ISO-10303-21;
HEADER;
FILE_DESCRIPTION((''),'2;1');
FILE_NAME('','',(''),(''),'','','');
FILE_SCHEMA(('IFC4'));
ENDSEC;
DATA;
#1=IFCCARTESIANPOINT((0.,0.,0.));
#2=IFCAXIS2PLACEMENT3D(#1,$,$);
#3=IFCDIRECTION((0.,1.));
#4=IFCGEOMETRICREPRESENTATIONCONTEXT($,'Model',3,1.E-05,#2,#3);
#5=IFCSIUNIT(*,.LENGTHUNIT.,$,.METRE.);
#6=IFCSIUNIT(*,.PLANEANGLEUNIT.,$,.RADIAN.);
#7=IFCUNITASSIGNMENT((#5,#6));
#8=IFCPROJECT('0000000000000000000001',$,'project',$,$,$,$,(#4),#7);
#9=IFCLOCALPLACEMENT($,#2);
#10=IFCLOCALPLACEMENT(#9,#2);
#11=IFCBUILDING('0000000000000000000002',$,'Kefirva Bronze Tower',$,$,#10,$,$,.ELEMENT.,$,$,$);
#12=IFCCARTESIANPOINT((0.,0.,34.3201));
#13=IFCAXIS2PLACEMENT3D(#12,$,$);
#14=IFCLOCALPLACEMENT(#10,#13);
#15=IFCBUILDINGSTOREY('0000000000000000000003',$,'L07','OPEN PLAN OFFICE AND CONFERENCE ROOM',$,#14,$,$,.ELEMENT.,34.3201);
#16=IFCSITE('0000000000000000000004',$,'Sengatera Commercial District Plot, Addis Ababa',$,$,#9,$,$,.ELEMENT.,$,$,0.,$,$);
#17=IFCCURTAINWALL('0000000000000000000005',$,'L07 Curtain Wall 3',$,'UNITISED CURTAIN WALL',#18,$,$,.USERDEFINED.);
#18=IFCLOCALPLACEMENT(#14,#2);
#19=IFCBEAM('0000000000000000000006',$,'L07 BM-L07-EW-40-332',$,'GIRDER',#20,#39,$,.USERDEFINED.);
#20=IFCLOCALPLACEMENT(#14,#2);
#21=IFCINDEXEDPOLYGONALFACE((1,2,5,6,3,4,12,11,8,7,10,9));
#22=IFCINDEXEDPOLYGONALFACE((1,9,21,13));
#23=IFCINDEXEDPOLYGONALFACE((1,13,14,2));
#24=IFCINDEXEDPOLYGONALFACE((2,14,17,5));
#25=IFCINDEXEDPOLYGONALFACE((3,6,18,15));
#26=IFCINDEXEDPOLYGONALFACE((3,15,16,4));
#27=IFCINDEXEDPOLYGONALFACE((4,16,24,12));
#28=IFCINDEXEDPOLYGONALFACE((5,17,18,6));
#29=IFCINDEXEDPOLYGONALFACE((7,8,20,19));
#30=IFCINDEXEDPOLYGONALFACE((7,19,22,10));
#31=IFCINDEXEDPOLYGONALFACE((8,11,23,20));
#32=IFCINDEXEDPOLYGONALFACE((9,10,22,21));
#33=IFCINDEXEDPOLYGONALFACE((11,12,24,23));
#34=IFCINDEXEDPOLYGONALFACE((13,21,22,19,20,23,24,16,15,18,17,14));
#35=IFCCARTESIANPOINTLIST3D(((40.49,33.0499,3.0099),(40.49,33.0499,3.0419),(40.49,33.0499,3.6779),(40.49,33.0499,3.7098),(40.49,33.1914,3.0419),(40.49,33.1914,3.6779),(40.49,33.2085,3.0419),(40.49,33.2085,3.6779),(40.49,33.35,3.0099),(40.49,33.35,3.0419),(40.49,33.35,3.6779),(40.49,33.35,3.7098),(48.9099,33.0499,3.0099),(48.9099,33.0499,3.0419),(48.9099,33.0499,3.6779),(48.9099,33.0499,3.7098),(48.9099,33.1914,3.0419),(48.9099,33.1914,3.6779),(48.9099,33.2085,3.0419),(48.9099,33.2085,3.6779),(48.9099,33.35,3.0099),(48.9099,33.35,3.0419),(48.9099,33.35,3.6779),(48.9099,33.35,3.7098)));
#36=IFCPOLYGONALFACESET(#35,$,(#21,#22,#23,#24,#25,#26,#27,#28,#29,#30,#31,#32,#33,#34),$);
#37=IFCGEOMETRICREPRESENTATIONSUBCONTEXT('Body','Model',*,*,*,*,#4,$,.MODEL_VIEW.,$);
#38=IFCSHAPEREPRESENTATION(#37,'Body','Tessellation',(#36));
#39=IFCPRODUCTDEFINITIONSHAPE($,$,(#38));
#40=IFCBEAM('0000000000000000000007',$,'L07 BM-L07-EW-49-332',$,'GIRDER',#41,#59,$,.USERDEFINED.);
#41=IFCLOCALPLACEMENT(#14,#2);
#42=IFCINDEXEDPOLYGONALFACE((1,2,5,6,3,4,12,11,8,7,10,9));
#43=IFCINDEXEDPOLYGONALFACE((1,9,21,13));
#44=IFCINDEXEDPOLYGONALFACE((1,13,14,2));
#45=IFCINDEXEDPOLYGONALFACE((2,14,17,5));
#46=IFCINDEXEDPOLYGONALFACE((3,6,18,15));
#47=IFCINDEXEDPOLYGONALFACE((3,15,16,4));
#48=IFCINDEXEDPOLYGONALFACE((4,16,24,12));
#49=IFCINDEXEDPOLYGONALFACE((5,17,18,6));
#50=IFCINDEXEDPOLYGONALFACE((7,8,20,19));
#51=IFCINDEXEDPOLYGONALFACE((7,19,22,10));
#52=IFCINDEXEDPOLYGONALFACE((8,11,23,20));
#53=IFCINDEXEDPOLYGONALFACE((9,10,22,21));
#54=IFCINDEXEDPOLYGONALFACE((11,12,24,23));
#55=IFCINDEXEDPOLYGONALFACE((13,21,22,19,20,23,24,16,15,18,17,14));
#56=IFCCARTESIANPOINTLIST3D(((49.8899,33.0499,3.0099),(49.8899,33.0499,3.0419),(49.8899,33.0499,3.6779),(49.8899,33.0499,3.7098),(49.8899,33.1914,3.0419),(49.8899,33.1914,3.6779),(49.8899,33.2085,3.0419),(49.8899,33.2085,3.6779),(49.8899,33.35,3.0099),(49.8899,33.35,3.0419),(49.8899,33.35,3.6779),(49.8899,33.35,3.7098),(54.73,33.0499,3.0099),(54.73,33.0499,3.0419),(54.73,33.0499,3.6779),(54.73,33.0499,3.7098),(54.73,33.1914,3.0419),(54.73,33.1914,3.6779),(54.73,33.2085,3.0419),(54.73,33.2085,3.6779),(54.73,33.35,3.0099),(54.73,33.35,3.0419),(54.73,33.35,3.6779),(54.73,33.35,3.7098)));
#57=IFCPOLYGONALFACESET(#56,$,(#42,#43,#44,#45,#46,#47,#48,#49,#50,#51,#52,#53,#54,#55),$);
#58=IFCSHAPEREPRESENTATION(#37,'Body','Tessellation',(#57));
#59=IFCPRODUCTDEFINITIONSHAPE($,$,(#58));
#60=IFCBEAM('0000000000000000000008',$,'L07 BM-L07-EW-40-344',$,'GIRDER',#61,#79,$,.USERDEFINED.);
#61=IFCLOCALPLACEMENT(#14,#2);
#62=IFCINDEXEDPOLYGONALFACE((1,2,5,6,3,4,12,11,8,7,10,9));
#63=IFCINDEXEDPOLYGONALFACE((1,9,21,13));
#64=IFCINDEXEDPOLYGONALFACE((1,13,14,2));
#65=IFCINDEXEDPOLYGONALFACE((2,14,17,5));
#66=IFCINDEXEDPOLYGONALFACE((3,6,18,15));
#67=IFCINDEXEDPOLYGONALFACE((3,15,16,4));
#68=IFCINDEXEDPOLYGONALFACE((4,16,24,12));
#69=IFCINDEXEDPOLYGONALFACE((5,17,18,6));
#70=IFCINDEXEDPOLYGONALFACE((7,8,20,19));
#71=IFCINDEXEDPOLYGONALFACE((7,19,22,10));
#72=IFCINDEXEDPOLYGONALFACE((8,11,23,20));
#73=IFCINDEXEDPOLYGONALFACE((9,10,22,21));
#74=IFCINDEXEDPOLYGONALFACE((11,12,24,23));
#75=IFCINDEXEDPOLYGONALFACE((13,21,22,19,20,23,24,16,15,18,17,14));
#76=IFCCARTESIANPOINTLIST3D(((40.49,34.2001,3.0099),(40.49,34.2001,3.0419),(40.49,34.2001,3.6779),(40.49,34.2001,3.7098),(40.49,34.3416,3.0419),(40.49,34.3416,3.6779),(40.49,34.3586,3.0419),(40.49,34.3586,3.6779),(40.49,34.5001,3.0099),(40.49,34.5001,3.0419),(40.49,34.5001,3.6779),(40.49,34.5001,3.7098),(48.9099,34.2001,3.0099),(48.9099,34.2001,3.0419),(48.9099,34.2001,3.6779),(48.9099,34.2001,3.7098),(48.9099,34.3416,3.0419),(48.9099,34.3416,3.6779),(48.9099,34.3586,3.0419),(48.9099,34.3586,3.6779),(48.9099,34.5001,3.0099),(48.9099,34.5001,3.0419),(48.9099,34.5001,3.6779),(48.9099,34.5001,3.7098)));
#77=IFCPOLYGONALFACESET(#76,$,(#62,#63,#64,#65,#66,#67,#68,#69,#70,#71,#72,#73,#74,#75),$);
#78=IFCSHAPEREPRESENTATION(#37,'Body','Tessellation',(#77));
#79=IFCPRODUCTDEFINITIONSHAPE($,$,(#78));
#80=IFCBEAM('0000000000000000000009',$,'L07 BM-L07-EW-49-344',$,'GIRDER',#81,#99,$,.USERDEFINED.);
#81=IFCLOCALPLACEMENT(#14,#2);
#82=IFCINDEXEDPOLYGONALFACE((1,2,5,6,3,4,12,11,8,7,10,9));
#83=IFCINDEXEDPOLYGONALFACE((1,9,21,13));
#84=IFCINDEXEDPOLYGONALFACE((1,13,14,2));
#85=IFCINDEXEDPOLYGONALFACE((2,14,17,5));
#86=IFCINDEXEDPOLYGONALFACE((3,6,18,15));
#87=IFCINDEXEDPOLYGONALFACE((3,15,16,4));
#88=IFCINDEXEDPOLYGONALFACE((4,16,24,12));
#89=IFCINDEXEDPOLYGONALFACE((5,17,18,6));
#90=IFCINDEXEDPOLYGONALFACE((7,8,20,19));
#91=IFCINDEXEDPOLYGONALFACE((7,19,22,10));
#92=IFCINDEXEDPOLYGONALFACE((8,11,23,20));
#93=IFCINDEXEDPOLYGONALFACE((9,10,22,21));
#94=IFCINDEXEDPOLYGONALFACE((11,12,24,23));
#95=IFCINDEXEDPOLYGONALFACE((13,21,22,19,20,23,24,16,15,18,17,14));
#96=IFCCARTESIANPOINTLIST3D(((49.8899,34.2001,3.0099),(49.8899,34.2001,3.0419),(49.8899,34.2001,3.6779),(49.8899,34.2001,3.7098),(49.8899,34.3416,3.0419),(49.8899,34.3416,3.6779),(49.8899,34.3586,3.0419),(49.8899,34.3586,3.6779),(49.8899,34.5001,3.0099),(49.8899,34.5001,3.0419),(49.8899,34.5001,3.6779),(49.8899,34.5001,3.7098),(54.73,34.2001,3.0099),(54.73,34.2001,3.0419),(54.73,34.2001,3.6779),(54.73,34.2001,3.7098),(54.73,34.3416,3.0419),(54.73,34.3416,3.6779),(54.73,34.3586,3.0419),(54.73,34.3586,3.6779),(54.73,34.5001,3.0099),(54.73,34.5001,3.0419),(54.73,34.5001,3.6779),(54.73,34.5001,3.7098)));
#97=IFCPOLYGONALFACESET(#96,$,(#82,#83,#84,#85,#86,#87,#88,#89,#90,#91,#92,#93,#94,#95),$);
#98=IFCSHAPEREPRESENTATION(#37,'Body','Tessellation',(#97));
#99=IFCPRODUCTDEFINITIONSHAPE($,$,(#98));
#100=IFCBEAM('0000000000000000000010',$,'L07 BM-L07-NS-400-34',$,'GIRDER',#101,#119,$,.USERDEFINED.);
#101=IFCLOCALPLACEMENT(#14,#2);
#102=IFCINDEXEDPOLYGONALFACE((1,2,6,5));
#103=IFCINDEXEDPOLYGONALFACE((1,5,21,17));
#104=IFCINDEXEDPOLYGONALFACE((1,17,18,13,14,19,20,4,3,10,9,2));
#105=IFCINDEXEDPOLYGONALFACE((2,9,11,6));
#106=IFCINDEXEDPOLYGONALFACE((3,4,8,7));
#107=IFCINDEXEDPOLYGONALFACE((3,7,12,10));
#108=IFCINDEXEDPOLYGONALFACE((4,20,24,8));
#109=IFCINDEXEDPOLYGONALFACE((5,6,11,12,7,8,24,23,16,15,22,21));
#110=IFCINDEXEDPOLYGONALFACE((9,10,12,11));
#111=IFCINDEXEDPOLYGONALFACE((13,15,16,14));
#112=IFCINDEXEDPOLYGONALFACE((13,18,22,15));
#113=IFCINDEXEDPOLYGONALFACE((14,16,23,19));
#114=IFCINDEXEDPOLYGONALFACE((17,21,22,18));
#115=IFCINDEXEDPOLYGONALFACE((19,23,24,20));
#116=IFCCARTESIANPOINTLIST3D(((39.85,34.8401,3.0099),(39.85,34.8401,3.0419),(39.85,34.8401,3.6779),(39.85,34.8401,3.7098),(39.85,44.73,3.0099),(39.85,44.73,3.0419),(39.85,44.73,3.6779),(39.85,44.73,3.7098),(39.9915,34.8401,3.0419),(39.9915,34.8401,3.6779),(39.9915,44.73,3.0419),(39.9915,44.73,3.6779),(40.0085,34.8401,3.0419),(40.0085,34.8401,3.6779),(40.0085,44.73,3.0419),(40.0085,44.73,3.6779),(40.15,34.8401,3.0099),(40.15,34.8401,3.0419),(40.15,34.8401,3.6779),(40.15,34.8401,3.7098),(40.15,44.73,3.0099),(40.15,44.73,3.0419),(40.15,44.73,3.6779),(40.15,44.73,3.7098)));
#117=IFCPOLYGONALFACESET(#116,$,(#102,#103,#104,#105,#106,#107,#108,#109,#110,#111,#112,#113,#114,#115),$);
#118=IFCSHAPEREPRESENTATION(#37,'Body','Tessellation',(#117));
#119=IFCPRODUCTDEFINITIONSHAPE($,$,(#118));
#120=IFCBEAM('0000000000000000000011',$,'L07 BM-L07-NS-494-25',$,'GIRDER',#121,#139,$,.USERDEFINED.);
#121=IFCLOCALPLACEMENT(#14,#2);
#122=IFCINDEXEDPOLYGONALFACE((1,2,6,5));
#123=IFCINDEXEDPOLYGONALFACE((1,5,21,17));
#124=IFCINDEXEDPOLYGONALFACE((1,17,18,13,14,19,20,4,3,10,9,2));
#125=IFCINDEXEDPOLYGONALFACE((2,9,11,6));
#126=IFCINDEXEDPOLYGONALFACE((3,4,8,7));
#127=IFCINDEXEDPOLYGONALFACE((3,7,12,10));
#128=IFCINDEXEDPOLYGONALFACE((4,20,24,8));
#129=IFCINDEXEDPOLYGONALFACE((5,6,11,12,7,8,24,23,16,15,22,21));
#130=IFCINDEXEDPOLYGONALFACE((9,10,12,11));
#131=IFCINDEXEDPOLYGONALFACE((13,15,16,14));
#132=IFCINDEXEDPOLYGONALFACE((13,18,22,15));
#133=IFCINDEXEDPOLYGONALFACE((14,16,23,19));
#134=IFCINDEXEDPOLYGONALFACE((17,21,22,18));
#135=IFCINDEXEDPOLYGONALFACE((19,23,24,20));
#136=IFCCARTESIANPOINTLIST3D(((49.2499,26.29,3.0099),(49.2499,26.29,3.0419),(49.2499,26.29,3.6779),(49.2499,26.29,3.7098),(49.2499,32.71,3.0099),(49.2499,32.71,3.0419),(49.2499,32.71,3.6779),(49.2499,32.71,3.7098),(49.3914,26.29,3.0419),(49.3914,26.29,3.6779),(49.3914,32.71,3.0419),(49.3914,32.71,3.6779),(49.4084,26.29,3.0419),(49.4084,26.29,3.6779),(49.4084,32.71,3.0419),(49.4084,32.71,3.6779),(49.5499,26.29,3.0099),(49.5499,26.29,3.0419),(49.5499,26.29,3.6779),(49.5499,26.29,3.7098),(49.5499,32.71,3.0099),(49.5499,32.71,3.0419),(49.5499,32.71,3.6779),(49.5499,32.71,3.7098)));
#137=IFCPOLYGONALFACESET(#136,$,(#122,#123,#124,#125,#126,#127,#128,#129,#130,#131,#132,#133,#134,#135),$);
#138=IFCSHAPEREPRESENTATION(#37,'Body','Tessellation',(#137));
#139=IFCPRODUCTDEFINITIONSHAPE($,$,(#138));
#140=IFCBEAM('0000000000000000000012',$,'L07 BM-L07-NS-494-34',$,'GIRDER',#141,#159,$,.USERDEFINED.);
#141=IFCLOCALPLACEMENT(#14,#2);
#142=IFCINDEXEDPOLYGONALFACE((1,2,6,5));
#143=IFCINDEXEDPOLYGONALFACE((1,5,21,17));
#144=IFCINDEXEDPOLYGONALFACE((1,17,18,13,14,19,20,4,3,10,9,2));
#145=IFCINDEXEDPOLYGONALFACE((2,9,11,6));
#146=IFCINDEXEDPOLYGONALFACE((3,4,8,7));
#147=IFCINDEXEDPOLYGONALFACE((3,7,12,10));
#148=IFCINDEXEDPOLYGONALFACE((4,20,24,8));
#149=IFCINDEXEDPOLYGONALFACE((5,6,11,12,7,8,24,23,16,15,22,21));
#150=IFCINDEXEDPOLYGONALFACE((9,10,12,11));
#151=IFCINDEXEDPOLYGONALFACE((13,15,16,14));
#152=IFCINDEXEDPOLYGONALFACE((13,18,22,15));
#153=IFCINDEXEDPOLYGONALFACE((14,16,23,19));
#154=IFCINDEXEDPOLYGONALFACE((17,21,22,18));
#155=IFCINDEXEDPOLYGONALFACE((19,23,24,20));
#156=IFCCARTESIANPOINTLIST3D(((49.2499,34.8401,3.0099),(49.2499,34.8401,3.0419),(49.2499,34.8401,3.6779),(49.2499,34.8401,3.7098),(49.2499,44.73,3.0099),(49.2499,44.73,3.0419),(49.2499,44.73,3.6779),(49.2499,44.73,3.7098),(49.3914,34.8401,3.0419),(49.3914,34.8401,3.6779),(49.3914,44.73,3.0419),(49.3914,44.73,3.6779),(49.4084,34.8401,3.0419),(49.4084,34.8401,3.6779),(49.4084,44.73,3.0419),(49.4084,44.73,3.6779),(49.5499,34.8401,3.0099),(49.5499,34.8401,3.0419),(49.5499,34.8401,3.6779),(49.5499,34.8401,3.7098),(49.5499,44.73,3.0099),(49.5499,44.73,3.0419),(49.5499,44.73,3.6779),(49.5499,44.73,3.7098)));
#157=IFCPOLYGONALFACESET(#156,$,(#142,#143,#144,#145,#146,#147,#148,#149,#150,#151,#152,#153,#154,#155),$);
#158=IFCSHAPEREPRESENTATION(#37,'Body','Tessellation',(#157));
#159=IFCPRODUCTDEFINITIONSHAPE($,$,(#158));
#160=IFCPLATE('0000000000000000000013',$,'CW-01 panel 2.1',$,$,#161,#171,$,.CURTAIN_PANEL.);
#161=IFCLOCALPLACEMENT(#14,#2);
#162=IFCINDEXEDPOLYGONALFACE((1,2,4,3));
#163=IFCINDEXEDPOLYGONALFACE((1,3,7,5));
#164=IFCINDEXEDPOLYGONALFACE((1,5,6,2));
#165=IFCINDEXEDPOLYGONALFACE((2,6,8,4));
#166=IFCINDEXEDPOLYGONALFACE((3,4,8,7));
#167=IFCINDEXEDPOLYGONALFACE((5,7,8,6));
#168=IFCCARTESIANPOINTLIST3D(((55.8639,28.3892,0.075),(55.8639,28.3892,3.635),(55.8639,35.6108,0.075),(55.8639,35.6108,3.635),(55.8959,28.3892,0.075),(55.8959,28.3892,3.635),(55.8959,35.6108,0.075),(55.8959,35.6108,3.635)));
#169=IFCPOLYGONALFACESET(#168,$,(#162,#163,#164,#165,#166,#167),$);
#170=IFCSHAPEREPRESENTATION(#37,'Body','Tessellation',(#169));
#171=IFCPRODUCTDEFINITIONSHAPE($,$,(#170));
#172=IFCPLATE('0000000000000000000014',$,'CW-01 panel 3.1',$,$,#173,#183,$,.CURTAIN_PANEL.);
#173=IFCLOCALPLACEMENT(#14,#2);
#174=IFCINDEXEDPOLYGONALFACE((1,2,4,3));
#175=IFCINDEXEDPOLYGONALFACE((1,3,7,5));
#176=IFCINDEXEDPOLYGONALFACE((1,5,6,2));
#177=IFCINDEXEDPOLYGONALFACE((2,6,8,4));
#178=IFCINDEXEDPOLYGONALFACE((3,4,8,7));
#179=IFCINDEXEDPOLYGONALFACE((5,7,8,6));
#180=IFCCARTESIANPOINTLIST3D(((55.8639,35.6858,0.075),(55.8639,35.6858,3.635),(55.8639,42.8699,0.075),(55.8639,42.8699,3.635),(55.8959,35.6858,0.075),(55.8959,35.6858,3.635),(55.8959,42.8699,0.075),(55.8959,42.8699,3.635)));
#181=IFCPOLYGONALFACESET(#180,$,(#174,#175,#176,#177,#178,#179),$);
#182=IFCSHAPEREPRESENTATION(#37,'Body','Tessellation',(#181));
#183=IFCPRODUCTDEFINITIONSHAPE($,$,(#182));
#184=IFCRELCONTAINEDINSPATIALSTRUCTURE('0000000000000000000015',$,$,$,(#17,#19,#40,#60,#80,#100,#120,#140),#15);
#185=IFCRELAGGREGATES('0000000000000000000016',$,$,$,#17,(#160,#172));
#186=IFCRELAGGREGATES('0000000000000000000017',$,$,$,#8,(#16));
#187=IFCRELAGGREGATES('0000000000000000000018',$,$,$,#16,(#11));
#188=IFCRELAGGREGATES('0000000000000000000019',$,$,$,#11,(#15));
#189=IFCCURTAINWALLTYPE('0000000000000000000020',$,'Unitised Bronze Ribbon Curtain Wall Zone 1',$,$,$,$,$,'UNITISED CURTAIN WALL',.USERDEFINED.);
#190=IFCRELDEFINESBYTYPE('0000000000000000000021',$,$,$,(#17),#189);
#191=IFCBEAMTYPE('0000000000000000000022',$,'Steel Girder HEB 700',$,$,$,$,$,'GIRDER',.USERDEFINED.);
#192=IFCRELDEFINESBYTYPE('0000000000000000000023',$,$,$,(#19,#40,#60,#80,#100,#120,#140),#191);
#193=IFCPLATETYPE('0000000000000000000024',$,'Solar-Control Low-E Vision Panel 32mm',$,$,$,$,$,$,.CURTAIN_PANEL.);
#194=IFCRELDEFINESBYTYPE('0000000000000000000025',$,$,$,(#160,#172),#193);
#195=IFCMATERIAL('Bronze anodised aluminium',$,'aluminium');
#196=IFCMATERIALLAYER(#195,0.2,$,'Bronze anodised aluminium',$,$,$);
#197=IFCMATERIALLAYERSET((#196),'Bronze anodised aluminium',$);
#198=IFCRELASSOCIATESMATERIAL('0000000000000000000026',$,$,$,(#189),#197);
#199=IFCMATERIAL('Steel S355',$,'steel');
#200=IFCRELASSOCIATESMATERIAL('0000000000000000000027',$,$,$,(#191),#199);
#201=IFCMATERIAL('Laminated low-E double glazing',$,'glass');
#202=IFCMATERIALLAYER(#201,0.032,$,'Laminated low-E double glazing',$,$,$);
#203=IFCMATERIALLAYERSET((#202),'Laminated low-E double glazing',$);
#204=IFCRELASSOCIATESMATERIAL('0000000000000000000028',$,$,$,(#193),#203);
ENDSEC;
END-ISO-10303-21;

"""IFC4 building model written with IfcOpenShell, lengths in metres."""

from ifc_helpers import new_model, si_unit, direction, frame, origin, origin_2d, place, context, subcontext, project, spatial, rectangle, i_section, extrude, material, layer, layer_set, material_profile, profile_set, type_object, element, aggregate, save


model = new_model("IFC4")

# Units and contexts
model_context = context("Model", 3, precision=1e-05, world=origin(), true_north=direction((0.0, 1.0)))
body_context = subcontext(model_context, "Body", "Model", "MODEL_VIEW")
ifc_project = project(units=[si_unit("LENGTHUNIT", "METRE"), si_unit("PLANEANGLEUNIT", "RADIAN")], contexts=[model_context])

# Site, building, storey
site_placement = place(None, origin())
site = spatial("IfcSite", under=ifc_project, at=site_placement, Name="Sengatera Commercial District Plot, Addis Ababa", CompositionType="ELEMENT", RefElevation=0.0)
building_placement = place(site_placement, origin())
building = spatial("IfcBuilding", under=site, at=building_placement, Name="Kefirva Bronze Tower", CompositionType="ELEMENT")
storey_placement = place(building_placement, frame((0.0, 0.0, 34.3201)))
storey = spatial("IfcBuildingStorey", under=building, at=storey_placement, Name="L07", Description="OPEN PLAN OFFICE AND CONFERENCE ROOM", CompositionType="ELEMENT", Elevation=34.3201)

# Curtain wall
ifc_material_1 = material(Name="Bronze anodised aluminium", Category="aluminium")
ifc_layer_1 = layer(ifc_material_1, 0.2, Name="Bronze anodised aluminium")
ifc_layer_set_1 = layer_set([ifc_layer_1], Name="Bronze anodised aluminium")
curtain_wall_type = type_object("IfcCurtainWallType", Name="Unitised Bronze Ribbon Curtain Wall Zone 1", ElementType="UNITISED CURTAIN WALL", PredefinedType="USERDEFINED", material=ifc_layer_set_1)
curtain_wall_placement = place(storey_placement, origin())
curtain_wall = element("IfcCurtainWall", 1, at=curtain_wall_placement, inside=storey, type_object=curtain_wall_type, Name="L07 Curtain Wall 3", ObjectType="UNITISED CURTAIN WALL", PredefinedType="USERDEFINED")

# Beams
ifc_material_2 = material(Name="Steel S355", Category="steel")
ifc_material_profile_1 = material_profile(ifc_material_2, i_section(OverallWidth=0.3, OverallDepth=0.7, WebThickness=0.0171, FlangeThickness=0.032, at=origin_2d()), Name="HEB 700")
ifc_profile_set_1 = profile_set([ifc_material_profile_1], Name="Steel S355")
beam_type_1 = type_object("IfcBeamType", Name="Steel Girder HEB 700", ElementType="GIRDER", PredefinedType="USERDEFINED", material=ifc_profile_set_1)
for number, where, z_axis, x_axis, name in (
    (2, (40.49, 33.2, 3.3599), (1.0, 0.0, 0.0), (0.0, 1.0, 0.0), "L07 BM-L07-EW-40-332"),
):
    element("IfcBeam", number, at=place(storey_placement, frame(where, z_axis=z_axis, x_axis=x_axis)), inside=storey, type_object=beam_type_1, Name=name, ObjectType="GIRDER", PredefinedType="USERDEFINED", context=body_context, shape_type="SweptSolid", body=[
        extrude(i_section(OverallWidth=0.3, OverallDepth=0.7, WebThickness=0.0171, FlangeThickness=0.032, at=origin_2d()), origin(), (0.0, 0.0, 1.0), 8.4199),
    ])
beam_1_placement = place(storey_placement, frame((49.8899, 33.2, 3.3599), z_axis=(1.0, 0.0, 0.0), x_axis=(0.0, 1.0, 0.0)))
element("IfcBeam", 3, at=beam_1_placement, inside=storey, type_object=beam_type_1, Name="L07 BM-L07-EW-49-332", ObjectType="GIRDER", PredefinedType="USERDEFINED", context=body_context, shape_type="SweptSolid", body=[
    extrude(i_section(OverallWidth=0.3, OverallDepth=0.7, WebThickness=0.0171, FlangeThickness=0.032, at=origin_2d()), origin(), (0.0, 0.0, 1.0), 4.8401),
])
beam_2_placement = place(storey_placement, frame((40.49, 34.3501, 3.3599), z_axis=(1.0, 0.0, 0.0), x_axis=(0.0, 1.0, 0.0)))
element("IfcBeam", 4, at=beam_2_placement, inside=storey, type_object=beam_type_1, Name="L07 BM-L07-EW-40-344", ObjectType="GIRDER", PredefinedType="USERDEFINED", context=body_context, shape_type="SweptSolid", body=[
    extrude(i_section(OverallWidth=0.3, OverallDepth=0.7, WebThickness=0.0171, FlangeThickness=0.032, at=origin_2d()), origin(), (0.0, 0.0, 1.0), 8.4199),
])
beam_3_placement = place(storey_placement, frame((49.8899, 34.3501, 3.3599), z_axis=(1.0, 0.0, 0.0), x_axis=(0.0, 1.0, 0.0)))
element("IfcBeam", 5, at=beam_3_placement, inside=storey, type_object=beam_type_1, Name="L07 BM-L07-EW-49-344", ObjectType="GIRDER", PredefinedType="USERDEFINED", context=body_context, shape_type="SweptSolid", body=[
    extrude(i_section(OverallWidth=0.3, OverallDepth=0.7, WebThickness=0.0171, FlangeThickness=0.032, at=origin_2d()), origin(), (0.0, 0.0, 1.0), 4.8401),
])
beam_4_placement = place(storey_placement, frame((40.0, 34.8401, 3.3599), z_axis=(0.0, 1.0, 0.0), x_axis=(-1.0, 0.0, 0.0)))
element("IfcBeam", 6, at=beam_4_placement, inside=storey, type_object=beam_type_1, Name="L07 BM-L07-NS-400-34", ObjectType="GIRDER", PredefinedType="USERDEFINED", context=body_context, shape_type="SweptSolid", body=[
    extrude(i_section(OverallWidth=0.3, OverallDepth=0.7, WebThickness=0.0171, FlangeThickness=0.032, at=origin_2d()), origin(), (0.0, 0.0, 1.0), 9.8899),
])
beam_5_placement = place(storey_placement, frame((49.3999, 26.29, 3.3599), z_axis=(0.0, 1.0, 0.0), x_axis=(-1.0, 0.0, 0.0)))
element("IfcBeam", 7, at=beam_5_placement, inside=storey, type_object=beam_type_1, Name="L07 BM-L07-NS-494-25", ObjectType="GIRDER", PredefinedType="USERDEFINED", context=body_context, shape_type="SweptSolid", body=[
    extrude(i_section(OverallWidth=0.3, OverallDepth=0.7, WebThickness=0.0171, FlangeThickness=0.032, at=origin_2d()), origin(), (0.0, 0.0, 1.0), 6.4199),
])
beam_6_placement = place(storey_placement, frame((49.3999, 34.8401, 3.3599), z_axis=(0.0, 1.0, 0.0), x_axis=(-1.0, 0.0, 0.0)))
element("IfcBeam", 8, at=beam_6_placement, inside=storey, type_object=beam_type_1, Name="L07 BM-L07-NS-494-34", ObjectType="GIRDER", PredefinedType="USERDEFINED", context=body_context, shape_type="SweptSolid", body=[
    extrude(i_section(OverallWidth=0.3, OverallDepth=0.7, WebThickness=0.0171, FlangeThickness=0.032, at=origin_2d()), origin(), (0.0, 0.0, 1.0), 9.8899),
])

# Plates
ifc_material_3 = material(Name="Laminated low-E double glazing", Category="glass")
ifc_layer_2 = layer(ifc_material_3, 0.032, Name="Laminated low-E double glazing")
ifc_layer_set_2 = layer_set([ifc_layer_2], Name="Laminated low-E double glazing")
plate_type = type_object("IfcPlateType", Name="Solar-Control Low-E Vision Panel 32mm", PredefinedType="CURTAIN_PANEL", material=ifc_layer_set_2)
plate_1_placement = place(storey_placement, frame((55.8799, 32.0, 0.075), z_axis=(0.0, 0.0, 1.0), x_axis=(0.0, 1.0, 0.0)))
plate_1 = element("IfcPlate", 9, at=plate_1_placement, type_object=plate_type, Name="CW-01 panel 2.1", PredefinedType="CURTAIN_PANEL", context=body_context, shape_type="SweptSolid", body=[
    extrude(rectangle(XDim=7.2217, YDim=0.032, at=origin_2d()), origin(), (0.0, 0.0, 1.0), 3.5601),
])
plate_2_placement = place(storey_placement, frame((55.8799, 39.2778, 0.075), z_axis=(0.0, 0.0, 1.0), x_axis=(0.0, 1.0, 0.0)))
plate_2 = element("IfcPlate", 10, at=plate_2_placement, type_object=plate_type, Name="CW-01 panel 3.1", PredefinedType="CURTAIN_PANEL", context=body_context, shape_type="SweptSolid", body=[
    extrude(rectangle(XDim=7.1841, YDim=0.032, at=origin_2d()), origin(), (0.0, 0.0, 1.0), 3.5601),
])
aggregate(curtain_wall, [plate_1, plate_2])

save(model, "model.ifc")
